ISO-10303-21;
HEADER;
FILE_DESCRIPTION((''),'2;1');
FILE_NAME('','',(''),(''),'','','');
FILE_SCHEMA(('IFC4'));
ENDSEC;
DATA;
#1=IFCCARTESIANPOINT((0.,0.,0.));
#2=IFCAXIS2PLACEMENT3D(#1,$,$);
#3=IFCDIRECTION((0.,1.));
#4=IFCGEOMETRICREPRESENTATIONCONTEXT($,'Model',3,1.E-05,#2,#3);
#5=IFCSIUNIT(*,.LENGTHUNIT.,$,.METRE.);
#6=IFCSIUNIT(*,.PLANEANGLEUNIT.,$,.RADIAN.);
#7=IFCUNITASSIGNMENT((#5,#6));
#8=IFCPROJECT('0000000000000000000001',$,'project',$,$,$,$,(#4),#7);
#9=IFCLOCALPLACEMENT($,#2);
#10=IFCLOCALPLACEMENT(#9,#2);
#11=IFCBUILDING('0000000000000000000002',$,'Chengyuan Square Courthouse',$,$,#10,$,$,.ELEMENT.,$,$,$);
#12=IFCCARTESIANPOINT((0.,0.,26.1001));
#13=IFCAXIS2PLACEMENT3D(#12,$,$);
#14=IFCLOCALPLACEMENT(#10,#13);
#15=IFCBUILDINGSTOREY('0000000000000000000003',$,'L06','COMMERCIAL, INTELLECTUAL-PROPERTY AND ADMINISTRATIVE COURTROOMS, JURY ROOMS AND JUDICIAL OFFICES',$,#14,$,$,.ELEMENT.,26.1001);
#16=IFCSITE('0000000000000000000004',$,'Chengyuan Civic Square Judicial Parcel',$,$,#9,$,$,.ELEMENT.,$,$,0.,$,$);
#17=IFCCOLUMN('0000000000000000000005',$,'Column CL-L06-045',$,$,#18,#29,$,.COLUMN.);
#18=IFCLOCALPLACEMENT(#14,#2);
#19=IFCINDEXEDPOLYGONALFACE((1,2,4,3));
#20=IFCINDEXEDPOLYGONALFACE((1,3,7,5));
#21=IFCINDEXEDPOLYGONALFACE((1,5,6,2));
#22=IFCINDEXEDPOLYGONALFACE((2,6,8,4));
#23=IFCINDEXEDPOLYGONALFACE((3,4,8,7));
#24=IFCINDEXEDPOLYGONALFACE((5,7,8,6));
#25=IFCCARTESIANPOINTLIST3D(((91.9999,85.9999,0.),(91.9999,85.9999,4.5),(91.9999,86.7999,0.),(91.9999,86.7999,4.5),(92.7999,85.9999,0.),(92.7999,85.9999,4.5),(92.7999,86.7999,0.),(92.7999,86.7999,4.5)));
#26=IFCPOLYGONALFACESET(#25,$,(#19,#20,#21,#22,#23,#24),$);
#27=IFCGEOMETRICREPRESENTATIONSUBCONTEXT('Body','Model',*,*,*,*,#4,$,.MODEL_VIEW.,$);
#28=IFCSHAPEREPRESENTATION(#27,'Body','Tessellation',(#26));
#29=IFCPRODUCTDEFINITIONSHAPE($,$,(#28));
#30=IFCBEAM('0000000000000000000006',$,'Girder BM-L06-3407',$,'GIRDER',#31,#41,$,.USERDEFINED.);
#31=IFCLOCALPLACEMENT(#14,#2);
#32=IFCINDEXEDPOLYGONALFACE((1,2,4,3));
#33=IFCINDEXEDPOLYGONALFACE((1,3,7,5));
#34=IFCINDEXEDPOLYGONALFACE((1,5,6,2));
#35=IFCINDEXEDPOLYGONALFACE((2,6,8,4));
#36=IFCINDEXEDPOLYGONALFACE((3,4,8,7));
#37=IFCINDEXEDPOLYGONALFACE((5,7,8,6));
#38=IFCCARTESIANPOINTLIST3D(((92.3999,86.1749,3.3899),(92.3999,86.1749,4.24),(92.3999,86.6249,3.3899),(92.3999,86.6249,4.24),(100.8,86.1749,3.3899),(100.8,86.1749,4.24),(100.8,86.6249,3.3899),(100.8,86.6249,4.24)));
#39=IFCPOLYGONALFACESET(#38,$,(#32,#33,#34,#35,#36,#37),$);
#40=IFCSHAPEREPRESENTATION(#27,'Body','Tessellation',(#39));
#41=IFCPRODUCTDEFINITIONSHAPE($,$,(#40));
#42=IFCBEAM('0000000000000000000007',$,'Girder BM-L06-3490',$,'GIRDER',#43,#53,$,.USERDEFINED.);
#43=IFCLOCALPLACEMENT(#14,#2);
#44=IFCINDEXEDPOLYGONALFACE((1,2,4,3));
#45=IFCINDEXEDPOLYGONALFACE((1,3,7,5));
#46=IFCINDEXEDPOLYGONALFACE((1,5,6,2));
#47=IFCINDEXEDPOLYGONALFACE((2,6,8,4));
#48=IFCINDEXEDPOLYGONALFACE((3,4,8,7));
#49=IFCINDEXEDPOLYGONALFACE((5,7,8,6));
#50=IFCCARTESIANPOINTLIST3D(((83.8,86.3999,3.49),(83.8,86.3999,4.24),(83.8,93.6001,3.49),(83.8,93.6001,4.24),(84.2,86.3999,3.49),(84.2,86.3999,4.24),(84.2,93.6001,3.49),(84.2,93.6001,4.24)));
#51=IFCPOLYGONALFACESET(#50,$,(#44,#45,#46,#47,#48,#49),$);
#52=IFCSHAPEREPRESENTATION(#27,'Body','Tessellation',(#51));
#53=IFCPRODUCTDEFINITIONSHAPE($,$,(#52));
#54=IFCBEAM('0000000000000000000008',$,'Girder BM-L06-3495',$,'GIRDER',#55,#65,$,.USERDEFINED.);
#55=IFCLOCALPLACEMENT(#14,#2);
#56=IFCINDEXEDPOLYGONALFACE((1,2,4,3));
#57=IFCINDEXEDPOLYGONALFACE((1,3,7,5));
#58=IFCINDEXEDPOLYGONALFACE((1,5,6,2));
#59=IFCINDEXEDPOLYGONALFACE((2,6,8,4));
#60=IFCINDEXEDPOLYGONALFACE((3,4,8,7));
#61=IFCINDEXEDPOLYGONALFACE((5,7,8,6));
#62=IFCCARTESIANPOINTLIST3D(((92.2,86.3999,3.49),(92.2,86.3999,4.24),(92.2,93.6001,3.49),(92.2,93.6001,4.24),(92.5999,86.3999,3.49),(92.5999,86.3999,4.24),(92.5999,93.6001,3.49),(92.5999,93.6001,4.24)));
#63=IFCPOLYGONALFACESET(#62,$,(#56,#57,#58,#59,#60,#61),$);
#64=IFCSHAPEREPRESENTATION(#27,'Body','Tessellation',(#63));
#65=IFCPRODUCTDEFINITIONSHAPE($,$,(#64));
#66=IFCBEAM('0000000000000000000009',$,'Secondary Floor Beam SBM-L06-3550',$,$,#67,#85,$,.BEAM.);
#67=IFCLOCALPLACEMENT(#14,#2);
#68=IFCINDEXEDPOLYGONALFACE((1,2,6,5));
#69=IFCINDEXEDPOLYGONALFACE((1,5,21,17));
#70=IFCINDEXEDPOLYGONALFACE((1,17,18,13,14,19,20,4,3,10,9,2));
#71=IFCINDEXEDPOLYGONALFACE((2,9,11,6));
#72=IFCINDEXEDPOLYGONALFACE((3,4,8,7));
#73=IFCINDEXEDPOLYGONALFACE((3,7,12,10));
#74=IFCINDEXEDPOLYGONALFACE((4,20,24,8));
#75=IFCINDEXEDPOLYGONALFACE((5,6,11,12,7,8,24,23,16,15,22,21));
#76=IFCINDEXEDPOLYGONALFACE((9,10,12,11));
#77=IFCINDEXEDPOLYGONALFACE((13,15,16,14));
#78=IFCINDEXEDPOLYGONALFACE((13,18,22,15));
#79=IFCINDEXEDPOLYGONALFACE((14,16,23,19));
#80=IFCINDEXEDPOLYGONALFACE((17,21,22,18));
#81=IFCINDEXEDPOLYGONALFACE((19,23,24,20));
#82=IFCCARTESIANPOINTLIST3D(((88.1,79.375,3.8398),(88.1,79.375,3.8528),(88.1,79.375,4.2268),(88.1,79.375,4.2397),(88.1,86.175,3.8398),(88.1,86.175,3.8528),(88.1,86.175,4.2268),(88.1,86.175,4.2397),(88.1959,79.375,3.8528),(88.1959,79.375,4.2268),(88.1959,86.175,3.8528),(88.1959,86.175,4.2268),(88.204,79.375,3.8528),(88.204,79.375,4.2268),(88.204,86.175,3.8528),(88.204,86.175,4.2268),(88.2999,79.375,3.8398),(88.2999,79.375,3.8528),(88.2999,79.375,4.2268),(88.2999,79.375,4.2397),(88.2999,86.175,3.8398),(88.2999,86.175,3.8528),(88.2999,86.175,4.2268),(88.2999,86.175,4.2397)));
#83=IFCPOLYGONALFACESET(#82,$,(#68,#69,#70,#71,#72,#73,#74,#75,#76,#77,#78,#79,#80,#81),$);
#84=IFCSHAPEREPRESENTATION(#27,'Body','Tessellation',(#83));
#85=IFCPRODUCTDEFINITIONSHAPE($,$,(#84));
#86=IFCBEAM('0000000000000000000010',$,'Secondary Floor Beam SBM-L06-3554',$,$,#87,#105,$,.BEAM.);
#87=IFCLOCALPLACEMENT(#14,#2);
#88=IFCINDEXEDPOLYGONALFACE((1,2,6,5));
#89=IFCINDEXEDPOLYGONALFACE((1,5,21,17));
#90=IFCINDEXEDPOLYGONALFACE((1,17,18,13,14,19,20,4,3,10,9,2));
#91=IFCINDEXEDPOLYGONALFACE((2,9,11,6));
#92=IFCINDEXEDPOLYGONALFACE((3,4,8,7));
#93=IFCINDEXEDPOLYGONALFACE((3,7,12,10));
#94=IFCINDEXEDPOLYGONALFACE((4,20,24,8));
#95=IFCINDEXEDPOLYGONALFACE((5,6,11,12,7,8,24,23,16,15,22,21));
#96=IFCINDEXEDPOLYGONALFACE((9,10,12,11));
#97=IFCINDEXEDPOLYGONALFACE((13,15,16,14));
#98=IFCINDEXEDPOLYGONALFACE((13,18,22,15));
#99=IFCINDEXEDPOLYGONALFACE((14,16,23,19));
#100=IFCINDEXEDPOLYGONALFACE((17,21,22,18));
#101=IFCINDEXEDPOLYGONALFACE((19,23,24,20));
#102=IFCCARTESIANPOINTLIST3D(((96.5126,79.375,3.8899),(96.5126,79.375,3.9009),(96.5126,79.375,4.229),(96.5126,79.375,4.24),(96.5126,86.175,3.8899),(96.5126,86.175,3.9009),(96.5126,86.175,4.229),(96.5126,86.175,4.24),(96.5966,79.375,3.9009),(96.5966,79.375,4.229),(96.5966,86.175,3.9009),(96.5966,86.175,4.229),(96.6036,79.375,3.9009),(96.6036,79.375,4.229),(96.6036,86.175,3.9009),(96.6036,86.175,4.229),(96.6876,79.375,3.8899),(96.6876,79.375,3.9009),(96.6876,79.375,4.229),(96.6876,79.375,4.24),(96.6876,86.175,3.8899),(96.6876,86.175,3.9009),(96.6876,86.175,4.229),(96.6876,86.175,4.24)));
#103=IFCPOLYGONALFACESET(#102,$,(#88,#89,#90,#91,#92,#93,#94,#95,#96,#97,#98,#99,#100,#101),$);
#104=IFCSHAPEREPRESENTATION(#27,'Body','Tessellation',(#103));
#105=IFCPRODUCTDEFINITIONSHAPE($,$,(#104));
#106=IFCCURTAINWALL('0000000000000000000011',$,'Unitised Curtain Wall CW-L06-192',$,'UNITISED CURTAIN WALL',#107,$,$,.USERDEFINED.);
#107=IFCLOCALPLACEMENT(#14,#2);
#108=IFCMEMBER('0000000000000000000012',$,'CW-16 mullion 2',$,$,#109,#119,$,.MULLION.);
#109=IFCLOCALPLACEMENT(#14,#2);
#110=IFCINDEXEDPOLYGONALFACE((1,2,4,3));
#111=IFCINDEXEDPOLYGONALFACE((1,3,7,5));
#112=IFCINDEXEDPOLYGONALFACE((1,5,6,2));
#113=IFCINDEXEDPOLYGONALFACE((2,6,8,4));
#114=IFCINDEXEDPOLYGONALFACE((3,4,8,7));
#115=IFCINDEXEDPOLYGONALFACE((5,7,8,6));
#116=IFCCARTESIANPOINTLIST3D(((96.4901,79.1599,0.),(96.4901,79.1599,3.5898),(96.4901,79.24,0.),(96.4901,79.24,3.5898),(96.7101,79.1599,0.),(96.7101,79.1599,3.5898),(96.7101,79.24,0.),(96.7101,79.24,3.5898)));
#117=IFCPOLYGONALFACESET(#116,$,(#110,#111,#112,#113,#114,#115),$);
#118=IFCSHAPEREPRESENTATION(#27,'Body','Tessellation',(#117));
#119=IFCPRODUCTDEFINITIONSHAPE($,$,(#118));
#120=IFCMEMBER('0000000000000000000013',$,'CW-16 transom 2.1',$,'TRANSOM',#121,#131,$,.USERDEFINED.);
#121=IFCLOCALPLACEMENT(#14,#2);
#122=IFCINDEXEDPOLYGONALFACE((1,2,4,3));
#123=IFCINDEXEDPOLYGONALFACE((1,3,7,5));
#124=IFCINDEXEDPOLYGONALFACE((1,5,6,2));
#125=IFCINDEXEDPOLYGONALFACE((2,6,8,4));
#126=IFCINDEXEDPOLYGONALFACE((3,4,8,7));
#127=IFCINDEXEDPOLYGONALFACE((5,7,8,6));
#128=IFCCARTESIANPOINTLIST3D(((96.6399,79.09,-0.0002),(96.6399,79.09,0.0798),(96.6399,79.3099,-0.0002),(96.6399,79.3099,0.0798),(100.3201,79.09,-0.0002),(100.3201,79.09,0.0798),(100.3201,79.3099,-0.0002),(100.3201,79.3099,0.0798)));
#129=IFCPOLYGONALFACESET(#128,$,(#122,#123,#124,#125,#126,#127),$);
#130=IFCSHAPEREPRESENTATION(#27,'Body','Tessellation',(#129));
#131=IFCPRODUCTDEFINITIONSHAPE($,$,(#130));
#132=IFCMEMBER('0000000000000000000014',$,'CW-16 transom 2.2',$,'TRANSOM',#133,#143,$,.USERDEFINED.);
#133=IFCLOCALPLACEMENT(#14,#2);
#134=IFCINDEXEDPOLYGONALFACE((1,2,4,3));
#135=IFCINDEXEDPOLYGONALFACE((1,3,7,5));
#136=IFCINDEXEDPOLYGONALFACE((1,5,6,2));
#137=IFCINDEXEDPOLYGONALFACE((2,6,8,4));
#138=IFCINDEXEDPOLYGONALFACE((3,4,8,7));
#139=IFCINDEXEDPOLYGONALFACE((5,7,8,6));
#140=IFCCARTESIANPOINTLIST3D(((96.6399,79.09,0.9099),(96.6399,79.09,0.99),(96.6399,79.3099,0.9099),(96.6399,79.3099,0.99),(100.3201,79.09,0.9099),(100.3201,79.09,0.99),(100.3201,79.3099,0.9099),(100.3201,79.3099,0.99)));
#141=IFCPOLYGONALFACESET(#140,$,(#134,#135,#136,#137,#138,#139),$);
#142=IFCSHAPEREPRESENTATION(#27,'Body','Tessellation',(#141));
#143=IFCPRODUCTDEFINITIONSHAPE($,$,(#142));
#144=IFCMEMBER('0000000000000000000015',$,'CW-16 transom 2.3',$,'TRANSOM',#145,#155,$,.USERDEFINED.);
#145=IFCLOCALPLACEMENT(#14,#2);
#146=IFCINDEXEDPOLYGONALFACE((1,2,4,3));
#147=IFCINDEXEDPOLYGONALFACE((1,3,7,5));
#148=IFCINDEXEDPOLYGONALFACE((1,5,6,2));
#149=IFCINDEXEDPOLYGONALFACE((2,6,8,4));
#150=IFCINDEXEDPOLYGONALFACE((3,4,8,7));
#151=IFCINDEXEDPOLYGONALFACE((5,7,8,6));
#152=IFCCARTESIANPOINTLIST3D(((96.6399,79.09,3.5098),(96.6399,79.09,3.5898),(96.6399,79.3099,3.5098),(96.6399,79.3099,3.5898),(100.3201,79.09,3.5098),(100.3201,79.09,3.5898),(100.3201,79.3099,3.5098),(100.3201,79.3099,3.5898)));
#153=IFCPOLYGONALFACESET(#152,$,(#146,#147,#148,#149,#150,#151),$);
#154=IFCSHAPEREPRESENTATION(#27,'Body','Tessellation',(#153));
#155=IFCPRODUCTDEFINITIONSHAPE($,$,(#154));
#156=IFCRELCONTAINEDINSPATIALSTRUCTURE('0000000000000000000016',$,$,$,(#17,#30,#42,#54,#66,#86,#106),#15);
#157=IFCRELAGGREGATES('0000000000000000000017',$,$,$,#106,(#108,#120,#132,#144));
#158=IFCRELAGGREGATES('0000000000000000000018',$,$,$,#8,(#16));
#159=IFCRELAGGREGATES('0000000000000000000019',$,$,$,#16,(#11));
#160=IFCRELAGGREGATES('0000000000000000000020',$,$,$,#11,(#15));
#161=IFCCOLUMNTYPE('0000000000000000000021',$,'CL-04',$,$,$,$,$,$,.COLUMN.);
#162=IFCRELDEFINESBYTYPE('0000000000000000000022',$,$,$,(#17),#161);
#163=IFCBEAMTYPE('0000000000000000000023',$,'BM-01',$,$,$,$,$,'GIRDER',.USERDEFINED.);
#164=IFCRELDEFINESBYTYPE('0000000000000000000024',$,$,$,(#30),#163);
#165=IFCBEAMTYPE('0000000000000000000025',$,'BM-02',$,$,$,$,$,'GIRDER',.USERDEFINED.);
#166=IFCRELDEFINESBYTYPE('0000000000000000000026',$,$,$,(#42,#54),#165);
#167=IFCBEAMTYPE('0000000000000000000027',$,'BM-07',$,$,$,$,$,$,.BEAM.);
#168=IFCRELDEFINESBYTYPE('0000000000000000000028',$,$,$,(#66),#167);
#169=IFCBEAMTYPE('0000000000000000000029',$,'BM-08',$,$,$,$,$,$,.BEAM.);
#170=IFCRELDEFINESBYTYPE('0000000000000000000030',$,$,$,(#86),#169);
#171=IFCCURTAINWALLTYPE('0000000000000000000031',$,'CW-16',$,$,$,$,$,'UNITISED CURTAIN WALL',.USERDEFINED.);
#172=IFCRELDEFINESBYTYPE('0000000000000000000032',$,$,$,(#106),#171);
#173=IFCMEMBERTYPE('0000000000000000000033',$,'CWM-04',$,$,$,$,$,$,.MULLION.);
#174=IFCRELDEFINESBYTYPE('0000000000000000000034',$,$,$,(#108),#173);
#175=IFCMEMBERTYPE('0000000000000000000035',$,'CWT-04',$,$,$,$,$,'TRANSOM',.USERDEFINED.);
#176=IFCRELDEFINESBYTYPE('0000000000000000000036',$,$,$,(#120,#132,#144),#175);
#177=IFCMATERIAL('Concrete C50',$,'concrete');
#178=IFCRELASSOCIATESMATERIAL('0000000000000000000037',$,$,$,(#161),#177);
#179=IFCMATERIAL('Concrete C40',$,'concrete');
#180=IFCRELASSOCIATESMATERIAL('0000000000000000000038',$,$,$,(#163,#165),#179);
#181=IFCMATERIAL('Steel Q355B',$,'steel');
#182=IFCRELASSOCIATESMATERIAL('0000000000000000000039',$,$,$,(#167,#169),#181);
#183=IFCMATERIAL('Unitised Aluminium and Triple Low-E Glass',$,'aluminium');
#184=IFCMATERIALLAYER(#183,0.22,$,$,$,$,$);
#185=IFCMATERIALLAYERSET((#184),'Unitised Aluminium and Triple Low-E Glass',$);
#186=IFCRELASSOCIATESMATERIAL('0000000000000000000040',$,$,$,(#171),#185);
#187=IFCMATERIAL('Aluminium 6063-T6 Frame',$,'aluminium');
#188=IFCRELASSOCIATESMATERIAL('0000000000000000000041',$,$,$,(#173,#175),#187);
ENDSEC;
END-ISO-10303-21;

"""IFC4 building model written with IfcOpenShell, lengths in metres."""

from ifc_helpers import new_model, si_unit, direction, frame, origin, origin_2d, place, context, subcontext, project, spatial, rectangle, i_section, extrude, material, layer, layer_set, material_profile, profile_set, type_object, element, aggregate, save


model = new_model("IFC4")

# Units and contexts
model_context = context("Model", 3, precision=1e-05, world=origin(), true_north=direction((0.0, 1.0)))
body_context = subcontext(model_context, "Body", "Model", "MODEL_VIEW")
ifc_project = project(units=[si_unit("LENGTHUNIT", "METRE"), si_unit("PLANEANGLEUNIT", "RADIAN")], contexts=[model_context])

# Site, building, storey
site_placement = place(None, origin())
site = spatial("IfcSite", under=ifc_project, at=site_placement, Name="Chengyuan Civic Square Judicial Parcel", CompositionType="ELEMENT", RefElevation=0.0)
building_placement = place(site_placement, origin())
building = spatial("IfcBuilding", under=site, at=building_placement, Name="Chengyuan Square Courthouse", CompositionType="ELEMENT")
storey_placement = place(building_placement, frame((0.0, 0.0, 26.1001)))
storey = spatial("IfcBuildingStorey", under=building, at=storey_placement, Name="L06", Description="COMMERCIAL, INTELLECTUAL-PROPERTY AND ADMINISTRATIVE COURTROOMS, JURY ROOMS AND JUDICIAL OFFICES", CompositionType="ELEMENT", Elevation=26.1001)

# Column
ifc_material_1 = material(Name="Concrete C50", Category="concrete")
ifc_material_profile_1 = material_profile(ifc_material_1, rectangle(XDim=0.8, YDim=0.8, at=origin_2d()), Name="RC-COL-800x800")
ifc_profile_set_1 = profile_set([ifc_material_profile_1], Name="Concrete C50")
column_type = type_object("IfcColumnType", Name="CL-04", PredefinedType="COLUMN", material=ifc_profile_set_1)
column_placement = place(storey_placement, frame((92.3999, 86.3999, 0.0), z_axis=(0.0, 0.0, 1.0), x_axis=(1.0, 0.0, 0.0)))
element("IfcColumn", 1, at=column_placement, inside=storey, type_object=column_type, Name="Column CL-L06-045", PredefinedType="COLUMN", context=body_context, shape_type="SweptSolid", body=[
    extrude(rectangle(XDim=0.8, YDim=0.8, at=origin_2d()), origin(), (0.0, 0.0, 1.0), 4.5),
])

# Beams
ifc_material_2 = material(Name="Concrete C40", Category="concrete")
ifc_material_profile_2 = material_profile(ifc_material_2, rectangle(XDim=0.45, YDim=0.8501, at=origin_2d()), Name="RC-BM-450x850")
ifc_profile_set_2 = profile_set([ifc_material_profile_2], Name="Concrete C40")
beam_type_1 = type_object("IfcBeamType", Name="BM-01", ElementType="GIRDER", PredefinedType="USERDEFINED", material=ifc_profile_set_2)
beam_1_placement = place(storey_placement, frame((92.3999, 86.3999, 3.8149), z_axis=(1.0, 0.0, 0.0), x_axis=(0.0, 1.0, 0.0)))
element("IfcBeam", 2, at=beam_1_placement, inside=storey, type_object=beam_type_1, Name="Girder BM-L06-3407", ObjectType="GIRDER", PredefinedType="USERDEFINED", context=body_context, shape_type="SweptSolid", body=[
    extrude(rectangle(XDim=0.45, YDim=0.8501, at=origin_2d()), origin(), (0.0, 0.0, 1.0), 8.4001),
])
ifc_material_profile_3 = material_profile(ifc_material_2, rectangle(XDim=0.3999, YDim=0.75, at=origin_2d()), Name="RC-BM-400x750")
ifc_profile_set_3 = profile_set([ifc_material_profile_3], Name="Concrete C40")
beam_type_2 = type_object("IfcBeamType", Name="BM-02", ElementType="GIRDER", PredefinedType="USERDEFINED", material=ifc_profile_set_3)
for number, where, z_axis, x_axis, name in (
    (3, (84.0, 86.3999, 3.865), (0.0, 1.0, 0.0), (-1.0, 0.0, 0.0), "Girder BM-L06-3490"),
    (4, (92.3999, 86.3999, 3.865), (0.0, 1.0, 0.0), (-1.0, 0.0, 0.0), "Girder BM-L06-3495"),
):
    element("IfcBeam", number, at=place(storey_placement, frame(where, z_axis=z_axis, x_axis=x_axis)), inside=storey, type_object=beam_type_2, Name=name, ObjectType="GIRDER", PredefinedType="USERDEFINED", context=body_context, shape_type="SweptSolid", body=[
        extrude(rectangle(XDim=0.3999, YDim=0.75, at=origin_2d()), origin(), (0.0, 0.0, 1.0), 7.2002),
    ])
ifc_material_3 = material(Name="Steel Q355B", Category="steel")
ifc_material_profile_4 = material_profile(ifc_material_3, i_section(OverallWidth=0.2, OverallDepth=0.3999, WebThickness=0.0081, FlangeThickness=0.0129, at=origin_2d()), Name="HN 400x200x8x13")
ifc_profile_set_4 = profile_set([ifc_material_profile_4], Name="Steel Q355B")
beam_type_3 = type_object("IfcBeamType", Name="BM-07", PredefinedType="BEAM", material=ifc_profile_set_4)
beam_2_placement = place(storey_placement, frame((88.2, 79.375, 4.0398), z_axis=(0.0, 1.0, 0.0), x_axis=(-1.0, 0.0, 0.0)))
element("IfcBeam", 5, at=beam_2_placement, inside=storey, type_object=beam_type_3, Name="Secondary Floor Beam SBM-L06-3550", PredefinedType="BEAM", context=body_context, shape_type="SweptSolid", body=[
    extrude(i_section(OverallWidth=0.2, OverallDepth=0.3999, WebThickness=0.0081, FlangeThickness=0.0129, at=origin_2d()), origin(), (0.0, 0.0, 1.0), 6.8),
])
ifc_material_profile_5 = material_profile(ifc_material_3, i_section(OverallWidth=0.175, OverallDepth=0.3501, WebThickness=0.0071, FlangeThickness=0.011, at=origin_2d()), Name="HN 350x175x7x11")
ifc_profile_set_5 = profile_set([ifc_material_profile_5], Name="Steel Q355B")
beam_type_4 = type_object("IfcBeamType", Name="BM-08", PredefinedType="BEAM", material=ifc_profile_set_5)
beam_3_placement = place(storey_placement, frame((96.6001, 79.375, 4.0649), z_axis=(0.0, 1.0, 0.0), x_axis=(-1.0, 0.0, 0.0)))
element("IfcBeam", 6, at=beam_3_placement, inside=storey, type_object=beam_type_4, Name="Secondary Floor Beam SBM-L06-3554", PredefinedType="BEAM", context=body_context, shape_type="SweptSolid", body=[
    extrude(i_section(OverallWidth=0.175, OverallDepth=0.3501, WebThickness=0.0071, FlangeThickness=0.011, at=origin_2d()), origin(), (0.0, 0.0, 1.0), 6.8),
])

# Curtain wall, members
ifc_material_4 = material(Name="Unitised Aluminium and Triple Low-E Glass", Category="aluminium")
ifc_layer_1 = layer(ifc_material_4, 0.22)
ifc_layer_set_1 = layer_set([ifc_layer_1], Name="Unitised Aluminium and Triple Low-E Glass")
curtain_wall_type = type_object("IfcCurtainWallType", Name="CW-16", ElementType="UNITISED CURTAIN WALL", PredefinedType="USERDEFINED", material=ifc_layer_set_1)
curtain_wall_placement = place(storey_placement, origin())
curtain_wall = element("IfcCurtainWall", 7, at=curtain_wall_placement, inside=storey, type_object=curtain_wall_type, Name="Unitised Curtain Wall CW-L06-192", ObjectType="UNITISED CURTAIN WALL", PredefinedType="USERDEFINED")
ifc_material_5 = material(Name="Aluminium 6063-T6 Frame", Category="aluminium")
ifc_material_profile_6 = material_profile(ifc_material_5, rectangle(XDim=0.0801, YDim=0.22, at=origin_2d()), Name="CW-MUL-80x220")
ifc_profile_set_6 = profile_set([ifc_material_profile_6], Name="Aluminium 6063-T6 Frame")
member_type_1 = type_object("IfcMemberType", Name="CWM-04", PredefinedType="MULLION", material=ifc_profile_set_6)
member_1_placement = place(storey_placement, frame((96.6001, 79.2, 0.0), z_axis=(0.0, 0.0, 1.0), x_axis=(0.0, 1.0, 0.0)))
member_1 = element("IfcMember", 8, at=member_1_placement, type_object=member_type_1, Name="CW-16 mullion 2", PredefinedType="MULLION", context=body_context, shape_type="SweptSolid", body=[
    extrude(rectangle(XDim=0.0801, YDim=0.22, at=origin_2d()), origin(), (0.0, 0.0, 1.0), 3.5898),
])
ifc_material_profile_7 = material_profile(ifc_material_5, rectangle(XDim=0.22, YDim=0.0801, at=origin_2d()), Name="CW-TRN-80x180")
ifc_profile_set_7 = profile_set([ifc_material_profile_7], Name="Aluminium 6063-T6 Frame")
member_type_2 = type_object("IfcMemberType", Name="CWT-04", ElementType="TRANSOM", PredefinedType="USERDEFINED", material=ifc_profile_set_7)
member_2_placement = place(storey_placement, frame((96.6399, 79.2, 0.0398), z_axis=(1.0, 0.0, 0.0), x_axis=(0.0, 1.0, 0.0)))
member_2 = element("IfcMember", 9, at=member_2_placement, type_object=member_type_2, Name="CW-16 transom 2.1", ObjectType="TRANSOM", PredefinedType="USERDEFINED", context=body_context, shape_type="SweptSolid", body=[
    extrude(rectangle(XDim=0.22, YDim=0.0801, at=origin_2d()), origin(), (0.0, 0.0, 1.0), 3.6802),
])
member_3_placement = place(storey_placement, frame((96.6399, 79.2, 0.95), z_axis=(1.0, 0.0, 0.0), x_axis=(0.0, 1.0, 0.0)))
member_3 = element("IfcMember", 10, at=member_3_placement, type_object=member_type_2, Name="CW-16 transom 2.2", ObjectType="TRANSOM", PredefinedType="USERDEFINED", context=body_context, shape_type="SweptSolid", body=[
    extrude(rectangle(XDim=0.22, YDim=0.0801, at=origin_2d()), origin(), (0.0, 0.0, 1.0), 3.6802),
])
member_4_placement = place(storey_placement, frame((96.6399, 79.2, 3.5498), z_axis=(1.0, 0.0, 0.0), x_axis=(0.0, 1.0, 0.0)))
member_4 = element("IfcMember", 11, at=member_4_placement, type_object=member_type_2, Name="CW-16 transom 2.3", ObjectType="TRANSOM", PredefinedType="USERDEFINED", context=body_context, shape_type="SweptSolid", body=[
    extrude(rectangle(XDim=0.22, YDim=0.0801, at=origin_2d()), origin(), (0.0, 0.0, 1.0), 3.6802),
])
aggregate(curtain_wall, [member_1, member_2, member_3, member_4])

save(model, "model.ifc")
